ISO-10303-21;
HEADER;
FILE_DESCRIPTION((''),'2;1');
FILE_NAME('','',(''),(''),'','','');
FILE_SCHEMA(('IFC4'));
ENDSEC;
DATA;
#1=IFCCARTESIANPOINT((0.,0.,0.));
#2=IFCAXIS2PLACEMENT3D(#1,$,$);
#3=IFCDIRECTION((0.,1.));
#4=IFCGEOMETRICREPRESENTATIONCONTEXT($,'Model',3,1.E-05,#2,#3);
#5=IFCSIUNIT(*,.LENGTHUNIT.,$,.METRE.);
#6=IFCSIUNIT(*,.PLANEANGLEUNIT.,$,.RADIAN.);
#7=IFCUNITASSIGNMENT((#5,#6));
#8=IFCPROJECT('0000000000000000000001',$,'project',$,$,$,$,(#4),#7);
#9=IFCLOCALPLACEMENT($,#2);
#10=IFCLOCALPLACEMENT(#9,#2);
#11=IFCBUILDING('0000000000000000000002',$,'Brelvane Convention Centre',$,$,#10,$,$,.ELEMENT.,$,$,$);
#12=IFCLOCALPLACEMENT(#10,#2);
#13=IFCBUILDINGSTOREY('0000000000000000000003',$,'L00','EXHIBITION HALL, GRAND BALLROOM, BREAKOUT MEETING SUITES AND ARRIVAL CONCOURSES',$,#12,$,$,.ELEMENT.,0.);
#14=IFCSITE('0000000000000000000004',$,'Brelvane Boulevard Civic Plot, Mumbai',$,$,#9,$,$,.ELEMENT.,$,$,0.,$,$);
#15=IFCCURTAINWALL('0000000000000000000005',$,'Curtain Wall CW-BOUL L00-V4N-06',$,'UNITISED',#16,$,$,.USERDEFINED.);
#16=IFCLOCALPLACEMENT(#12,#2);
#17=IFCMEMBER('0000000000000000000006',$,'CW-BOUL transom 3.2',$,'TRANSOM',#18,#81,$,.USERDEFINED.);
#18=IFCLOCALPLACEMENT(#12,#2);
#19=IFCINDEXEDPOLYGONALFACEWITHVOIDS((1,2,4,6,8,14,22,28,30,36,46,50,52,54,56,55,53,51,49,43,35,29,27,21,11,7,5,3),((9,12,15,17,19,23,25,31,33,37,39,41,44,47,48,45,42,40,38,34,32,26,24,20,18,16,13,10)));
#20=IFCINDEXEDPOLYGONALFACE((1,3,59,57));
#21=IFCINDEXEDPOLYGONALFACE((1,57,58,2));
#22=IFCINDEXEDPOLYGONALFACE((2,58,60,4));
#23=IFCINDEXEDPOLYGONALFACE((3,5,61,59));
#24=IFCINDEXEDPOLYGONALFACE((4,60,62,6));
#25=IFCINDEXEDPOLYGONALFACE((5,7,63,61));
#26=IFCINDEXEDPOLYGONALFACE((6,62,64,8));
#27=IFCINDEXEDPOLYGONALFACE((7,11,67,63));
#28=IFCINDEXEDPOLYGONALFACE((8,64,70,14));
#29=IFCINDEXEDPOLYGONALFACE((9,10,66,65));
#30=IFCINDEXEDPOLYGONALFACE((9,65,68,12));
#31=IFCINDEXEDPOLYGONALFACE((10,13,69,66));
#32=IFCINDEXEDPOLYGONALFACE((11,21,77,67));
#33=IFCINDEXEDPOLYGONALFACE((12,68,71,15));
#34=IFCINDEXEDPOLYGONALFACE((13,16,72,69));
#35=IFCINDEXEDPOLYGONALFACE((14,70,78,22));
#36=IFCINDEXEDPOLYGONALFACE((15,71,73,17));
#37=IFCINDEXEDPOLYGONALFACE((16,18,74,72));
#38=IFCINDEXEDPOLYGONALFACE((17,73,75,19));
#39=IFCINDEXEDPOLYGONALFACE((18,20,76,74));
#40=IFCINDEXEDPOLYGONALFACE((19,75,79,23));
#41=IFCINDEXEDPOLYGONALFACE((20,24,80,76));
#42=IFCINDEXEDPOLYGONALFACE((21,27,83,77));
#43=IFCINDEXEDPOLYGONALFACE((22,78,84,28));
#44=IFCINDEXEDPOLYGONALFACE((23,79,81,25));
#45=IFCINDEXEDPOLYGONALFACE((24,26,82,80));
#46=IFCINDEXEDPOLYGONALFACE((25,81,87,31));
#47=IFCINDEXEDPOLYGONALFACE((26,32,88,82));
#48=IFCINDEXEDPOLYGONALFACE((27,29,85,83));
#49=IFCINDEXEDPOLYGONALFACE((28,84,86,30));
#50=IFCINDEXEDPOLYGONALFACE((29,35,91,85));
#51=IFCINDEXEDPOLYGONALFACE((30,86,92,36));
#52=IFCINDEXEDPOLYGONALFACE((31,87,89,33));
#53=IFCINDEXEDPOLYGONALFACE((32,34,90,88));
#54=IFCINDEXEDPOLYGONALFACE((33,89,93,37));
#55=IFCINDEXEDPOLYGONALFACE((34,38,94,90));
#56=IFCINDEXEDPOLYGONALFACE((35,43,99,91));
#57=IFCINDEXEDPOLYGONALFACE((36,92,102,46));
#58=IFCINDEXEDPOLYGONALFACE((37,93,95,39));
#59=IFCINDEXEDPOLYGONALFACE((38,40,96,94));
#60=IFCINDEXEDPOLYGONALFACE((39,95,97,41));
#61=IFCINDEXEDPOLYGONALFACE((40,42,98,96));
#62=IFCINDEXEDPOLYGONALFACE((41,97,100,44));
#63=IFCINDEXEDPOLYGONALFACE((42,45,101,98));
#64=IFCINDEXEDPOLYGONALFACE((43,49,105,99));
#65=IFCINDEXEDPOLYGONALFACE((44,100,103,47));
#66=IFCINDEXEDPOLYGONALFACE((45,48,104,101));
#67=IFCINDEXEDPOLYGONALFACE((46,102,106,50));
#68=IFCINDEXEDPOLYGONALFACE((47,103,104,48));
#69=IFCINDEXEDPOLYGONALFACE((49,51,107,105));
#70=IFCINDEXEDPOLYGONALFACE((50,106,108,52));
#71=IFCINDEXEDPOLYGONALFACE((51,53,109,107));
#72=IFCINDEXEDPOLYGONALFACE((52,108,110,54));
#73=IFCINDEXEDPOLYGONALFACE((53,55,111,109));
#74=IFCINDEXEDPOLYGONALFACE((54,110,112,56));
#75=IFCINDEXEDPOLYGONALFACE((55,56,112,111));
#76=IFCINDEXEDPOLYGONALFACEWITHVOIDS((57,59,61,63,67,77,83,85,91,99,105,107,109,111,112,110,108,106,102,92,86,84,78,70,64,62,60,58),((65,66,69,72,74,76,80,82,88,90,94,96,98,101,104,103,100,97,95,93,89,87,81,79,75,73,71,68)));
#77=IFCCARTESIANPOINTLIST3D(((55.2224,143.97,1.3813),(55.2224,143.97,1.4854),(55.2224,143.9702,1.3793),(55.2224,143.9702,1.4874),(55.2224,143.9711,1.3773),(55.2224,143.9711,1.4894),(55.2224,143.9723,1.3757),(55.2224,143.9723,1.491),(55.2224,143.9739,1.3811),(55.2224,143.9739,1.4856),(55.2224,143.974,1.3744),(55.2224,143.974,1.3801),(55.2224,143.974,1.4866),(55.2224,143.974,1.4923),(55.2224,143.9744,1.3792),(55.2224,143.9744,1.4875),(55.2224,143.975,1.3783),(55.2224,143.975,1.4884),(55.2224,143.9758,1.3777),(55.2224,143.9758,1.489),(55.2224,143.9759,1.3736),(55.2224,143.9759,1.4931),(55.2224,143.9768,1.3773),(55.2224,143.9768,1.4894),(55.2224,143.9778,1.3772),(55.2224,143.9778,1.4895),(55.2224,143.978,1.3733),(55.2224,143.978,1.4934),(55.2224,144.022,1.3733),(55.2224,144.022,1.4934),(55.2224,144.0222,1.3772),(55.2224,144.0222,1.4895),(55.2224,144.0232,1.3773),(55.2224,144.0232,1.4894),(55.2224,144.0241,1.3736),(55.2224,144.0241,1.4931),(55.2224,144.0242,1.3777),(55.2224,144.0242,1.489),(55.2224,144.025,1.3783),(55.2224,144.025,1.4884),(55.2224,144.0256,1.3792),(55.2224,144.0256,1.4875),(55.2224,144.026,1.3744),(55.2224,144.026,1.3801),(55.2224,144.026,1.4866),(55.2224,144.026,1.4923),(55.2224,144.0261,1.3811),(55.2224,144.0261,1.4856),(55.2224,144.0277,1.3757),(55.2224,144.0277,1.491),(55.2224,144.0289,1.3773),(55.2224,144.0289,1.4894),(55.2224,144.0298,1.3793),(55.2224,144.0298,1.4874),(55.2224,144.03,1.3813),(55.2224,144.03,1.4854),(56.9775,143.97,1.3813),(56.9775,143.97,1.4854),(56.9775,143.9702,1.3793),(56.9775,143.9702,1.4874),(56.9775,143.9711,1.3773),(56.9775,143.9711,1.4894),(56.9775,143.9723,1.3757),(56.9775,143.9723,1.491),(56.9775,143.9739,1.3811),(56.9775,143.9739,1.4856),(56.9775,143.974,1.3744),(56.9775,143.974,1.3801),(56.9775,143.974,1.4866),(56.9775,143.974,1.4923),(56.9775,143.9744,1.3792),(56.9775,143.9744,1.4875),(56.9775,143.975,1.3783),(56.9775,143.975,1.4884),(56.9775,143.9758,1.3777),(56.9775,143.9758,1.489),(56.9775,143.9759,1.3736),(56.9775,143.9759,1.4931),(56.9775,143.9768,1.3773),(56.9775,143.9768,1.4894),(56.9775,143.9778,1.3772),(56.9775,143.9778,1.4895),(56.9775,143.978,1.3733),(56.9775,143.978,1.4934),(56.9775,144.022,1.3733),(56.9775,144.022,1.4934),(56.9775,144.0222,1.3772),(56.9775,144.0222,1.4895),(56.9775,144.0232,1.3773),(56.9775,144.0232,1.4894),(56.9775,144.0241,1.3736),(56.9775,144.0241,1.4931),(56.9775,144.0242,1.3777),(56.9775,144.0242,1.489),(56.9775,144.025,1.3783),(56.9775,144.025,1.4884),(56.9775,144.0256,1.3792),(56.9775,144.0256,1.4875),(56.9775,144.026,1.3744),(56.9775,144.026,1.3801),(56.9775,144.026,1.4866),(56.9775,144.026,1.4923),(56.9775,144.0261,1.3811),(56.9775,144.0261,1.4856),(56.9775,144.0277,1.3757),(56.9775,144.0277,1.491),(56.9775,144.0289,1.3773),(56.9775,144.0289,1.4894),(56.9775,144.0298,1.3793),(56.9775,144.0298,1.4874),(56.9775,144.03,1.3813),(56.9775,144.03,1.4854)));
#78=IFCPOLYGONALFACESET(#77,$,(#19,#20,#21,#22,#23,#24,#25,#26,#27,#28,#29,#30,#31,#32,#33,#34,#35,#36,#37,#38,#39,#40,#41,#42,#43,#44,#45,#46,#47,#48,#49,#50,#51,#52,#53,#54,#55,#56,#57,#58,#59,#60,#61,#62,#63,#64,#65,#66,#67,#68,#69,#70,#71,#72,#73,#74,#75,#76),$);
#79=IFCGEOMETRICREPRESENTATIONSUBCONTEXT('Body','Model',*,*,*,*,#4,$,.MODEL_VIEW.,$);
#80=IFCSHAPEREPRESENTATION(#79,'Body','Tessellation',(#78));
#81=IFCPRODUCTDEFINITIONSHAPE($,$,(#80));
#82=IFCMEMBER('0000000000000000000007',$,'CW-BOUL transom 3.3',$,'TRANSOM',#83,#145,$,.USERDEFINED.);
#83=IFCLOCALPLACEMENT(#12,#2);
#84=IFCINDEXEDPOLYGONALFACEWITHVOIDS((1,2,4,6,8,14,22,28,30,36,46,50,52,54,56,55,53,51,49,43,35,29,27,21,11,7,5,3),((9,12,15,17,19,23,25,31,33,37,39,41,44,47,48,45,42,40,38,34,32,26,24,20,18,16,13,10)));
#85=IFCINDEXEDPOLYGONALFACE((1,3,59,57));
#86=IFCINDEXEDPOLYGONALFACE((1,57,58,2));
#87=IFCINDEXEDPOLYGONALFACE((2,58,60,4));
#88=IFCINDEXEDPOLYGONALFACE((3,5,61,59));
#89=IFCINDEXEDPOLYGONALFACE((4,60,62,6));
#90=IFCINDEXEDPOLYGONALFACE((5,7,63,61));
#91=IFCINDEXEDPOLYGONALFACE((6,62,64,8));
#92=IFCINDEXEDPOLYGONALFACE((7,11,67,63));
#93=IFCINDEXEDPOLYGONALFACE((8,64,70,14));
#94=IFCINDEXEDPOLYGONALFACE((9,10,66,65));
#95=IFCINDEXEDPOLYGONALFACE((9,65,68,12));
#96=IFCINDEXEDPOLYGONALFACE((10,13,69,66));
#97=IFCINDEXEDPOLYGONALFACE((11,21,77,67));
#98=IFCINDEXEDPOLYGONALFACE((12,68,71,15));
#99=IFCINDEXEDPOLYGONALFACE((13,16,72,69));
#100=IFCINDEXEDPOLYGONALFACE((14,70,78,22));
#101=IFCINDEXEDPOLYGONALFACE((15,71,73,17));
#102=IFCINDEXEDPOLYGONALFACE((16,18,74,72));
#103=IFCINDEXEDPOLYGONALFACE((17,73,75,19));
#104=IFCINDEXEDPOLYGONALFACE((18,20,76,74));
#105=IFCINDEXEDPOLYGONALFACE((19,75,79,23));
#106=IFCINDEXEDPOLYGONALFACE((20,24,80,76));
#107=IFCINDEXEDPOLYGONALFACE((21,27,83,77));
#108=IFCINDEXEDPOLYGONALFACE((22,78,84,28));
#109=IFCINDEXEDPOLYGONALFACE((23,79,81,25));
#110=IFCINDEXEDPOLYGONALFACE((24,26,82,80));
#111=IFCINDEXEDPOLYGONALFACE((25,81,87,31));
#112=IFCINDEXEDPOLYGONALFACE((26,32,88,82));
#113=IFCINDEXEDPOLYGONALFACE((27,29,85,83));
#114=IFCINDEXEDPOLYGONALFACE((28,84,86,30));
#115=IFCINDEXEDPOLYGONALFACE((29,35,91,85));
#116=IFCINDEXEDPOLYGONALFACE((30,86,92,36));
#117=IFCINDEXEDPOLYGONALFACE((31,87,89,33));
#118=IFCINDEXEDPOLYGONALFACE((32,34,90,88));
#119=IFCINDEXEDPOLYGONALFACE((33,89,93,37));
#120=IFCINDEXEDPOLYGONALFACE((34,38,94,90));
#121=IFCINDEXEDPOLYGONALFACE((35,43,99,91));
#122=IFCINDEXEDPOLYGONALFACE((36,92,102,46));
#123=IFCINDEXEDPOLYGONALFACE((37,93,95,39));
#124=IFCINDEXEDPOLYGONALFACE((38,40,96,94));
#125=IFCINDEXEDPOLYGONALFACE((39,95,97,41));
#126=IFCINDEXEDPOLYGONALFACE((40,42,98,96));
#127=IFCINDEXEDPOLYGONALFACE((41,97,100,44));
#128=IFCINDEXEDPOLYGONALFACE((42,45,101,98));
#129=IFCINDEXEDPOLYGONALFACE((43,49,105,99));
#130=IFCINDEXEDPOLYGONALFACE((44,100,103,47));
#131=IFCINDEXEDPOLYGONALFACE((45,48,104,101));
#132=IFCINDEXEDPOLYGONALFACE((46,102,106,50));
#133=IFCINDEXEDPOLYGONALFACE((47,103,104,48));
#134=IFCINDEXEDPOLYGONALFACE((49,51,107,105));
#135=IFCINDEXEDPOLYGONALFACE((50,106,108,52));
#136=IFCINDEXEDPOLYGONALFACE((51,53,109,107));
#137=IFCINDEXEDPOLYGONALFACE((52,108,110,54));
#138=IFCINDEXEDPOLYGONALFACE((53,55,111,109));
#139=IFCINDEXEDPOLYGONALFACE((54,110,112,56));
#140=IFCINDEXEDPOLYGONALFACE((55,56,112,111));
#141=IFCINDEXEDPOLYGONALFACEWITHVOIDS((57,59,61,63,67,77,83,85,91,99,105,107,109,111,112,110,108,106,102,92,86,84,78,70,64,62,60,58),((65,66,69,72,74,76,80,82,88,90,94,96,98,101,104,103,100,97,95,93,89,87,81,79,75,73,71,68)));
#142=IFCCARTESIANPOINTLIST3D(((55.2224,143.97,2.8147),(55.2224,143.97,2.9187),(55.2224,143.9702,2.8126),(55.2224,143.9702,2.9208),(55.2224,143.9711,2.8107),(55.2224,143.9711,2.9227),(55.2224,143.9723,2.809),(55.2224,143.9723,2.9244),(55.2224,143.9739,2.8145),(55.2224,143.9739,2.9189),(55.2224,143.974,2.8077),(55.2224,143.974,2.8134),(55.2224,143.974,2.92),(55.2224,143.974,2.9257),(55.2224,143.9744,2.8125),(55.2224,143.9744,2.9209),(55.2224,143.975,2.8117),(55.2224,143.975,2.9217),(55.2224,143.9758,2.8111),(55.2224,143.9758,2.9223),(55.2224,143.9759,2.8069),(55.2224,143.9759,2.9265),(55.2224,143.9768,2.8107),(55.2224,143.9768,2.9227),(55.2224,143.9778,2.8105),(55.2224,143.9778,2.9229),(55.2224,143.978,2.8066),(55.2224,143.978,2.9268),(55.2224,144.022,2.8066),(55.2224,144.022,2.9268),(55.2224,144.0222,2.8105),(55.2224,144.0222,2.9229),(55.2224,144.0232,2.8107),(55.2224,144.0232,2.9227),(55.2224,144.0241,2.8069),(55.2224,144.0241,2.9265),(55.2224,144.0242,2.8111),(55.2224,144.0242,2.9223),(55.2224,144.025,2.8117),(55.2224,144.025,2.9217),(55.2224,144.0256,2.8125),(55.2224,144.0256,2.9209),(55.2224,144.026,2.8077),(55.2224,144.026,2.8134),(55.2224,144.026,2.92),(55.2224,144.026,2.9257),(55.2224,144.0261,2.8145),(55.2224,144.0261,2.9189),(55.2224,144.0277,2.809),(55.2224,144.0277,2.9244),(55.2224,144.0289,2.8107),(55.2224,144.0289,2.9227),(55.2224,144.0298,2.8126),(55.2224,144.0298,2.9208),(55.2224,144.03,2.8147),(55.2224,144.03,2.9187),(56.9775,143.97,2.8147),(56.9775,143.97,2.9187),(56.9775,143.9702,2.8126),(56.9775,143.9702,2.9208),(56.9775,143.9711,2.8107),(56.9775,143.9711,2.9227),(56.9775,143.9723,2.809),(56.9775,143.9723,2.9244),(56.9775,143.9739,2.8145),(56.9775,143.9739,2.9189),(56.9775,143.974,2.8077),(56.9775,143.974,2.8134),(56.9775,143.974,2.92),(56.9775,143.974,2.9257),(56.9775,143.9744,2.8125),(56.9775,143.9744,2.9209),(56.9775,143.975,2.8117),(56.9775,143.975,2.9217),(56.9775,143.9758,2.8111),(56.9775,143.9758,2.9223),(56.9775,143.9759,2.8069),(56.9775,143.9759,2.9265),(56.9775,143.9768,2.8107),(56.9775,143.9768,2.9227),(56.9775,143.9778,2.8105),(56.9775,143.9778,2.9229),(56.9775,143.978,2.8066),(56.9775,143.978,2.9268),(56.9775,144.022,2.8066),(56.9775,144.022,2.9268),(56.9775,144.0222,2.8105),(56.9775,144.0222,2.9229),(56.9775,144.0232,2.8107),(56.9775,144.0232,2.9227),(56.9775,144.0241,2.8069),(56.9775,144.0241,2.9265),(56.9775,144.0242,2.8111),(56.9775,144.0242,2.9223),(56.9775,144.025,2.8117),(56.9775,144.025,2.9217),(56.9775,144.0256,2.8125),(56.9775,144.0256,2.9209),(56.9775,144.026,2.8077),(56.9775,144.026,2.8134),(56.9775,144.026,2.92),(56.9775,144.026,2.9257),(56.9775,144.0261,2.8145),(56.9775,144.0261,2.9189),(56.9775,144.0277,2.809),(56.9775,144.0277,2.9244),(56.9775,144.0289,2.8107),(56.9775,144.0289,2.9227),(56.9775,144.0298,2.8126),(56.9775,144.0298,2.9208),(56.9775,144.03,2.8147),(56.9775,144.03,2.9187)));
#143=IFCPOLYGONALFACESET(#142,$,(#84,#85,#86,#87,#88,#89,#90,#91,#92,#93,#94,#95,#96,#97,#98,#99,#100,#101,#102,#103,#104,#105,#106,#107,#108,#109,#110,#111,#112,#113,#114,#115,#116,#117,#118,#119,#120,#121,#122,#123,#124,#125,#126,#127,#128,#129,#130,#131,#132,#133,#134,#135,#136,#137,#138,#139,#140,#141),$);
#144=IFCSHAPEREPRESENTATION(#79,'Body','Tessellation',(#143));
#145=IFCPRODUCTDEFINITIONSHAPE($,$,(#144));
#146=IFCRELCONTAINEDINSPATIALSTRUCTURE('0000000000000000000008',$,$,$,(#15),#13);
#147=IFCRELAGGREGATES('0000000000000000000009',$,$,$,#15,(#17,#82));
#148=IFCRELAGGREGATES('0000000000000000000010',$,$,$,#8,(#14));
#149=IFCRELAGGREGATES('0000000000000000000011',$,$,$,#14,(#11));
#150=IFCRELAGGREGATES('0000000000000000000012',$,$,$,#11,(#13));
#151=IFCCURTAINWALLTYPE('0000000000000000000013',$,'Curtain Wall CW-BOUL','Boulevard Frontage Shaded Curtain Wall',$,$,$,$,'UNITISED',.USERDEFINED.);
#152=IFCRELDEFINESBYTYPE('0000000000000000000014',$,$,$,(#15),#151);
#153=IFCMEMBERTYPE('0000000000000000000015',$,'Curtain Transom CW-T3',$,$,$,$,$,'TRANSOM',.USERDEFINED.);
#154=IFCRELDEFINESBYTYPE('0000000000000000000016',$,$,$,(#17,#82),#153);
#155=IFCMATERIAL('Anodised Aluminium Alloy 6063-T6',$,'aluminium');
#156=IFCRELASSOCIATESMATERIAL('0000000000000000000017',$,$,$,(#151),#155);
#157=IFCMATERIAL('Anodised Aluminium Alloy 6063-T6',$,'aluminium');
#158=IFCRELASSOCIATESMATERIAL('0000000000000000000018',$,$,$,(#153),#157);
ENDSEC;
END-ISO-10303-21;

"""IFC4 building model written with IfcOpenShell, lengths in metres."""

from ifc_helpers import new_model, si_unit, direction, frame, origin, origin_2d, place, context, subcontext, project, spatial, hollow_rectangle, extrude, material, material_profile, profile_set, type_object, element, aggregate, save


model = new_model("IFC4")

# Units and contexts
model_context = context("Model", 3, precision=1e-05, world=origin(), true_north=direction((0.0, 1.0)))
body_context = subcontext(model_context, "Body", "Model", "MODEL_VIEW")
ifc_project = project(units=[si_unit("LENGTHUNIT", "METRE"), si_unit("PLANEANGLEUNIT", "RADIAN")], contexts=[model_context])

# Site, building, storey
site_placement = place(None, origin())
site = spatial("IfcSite", under=ifc_project, at=site_placement, Name="Brelvane Boulevard Civic Plot, Mumbai", CompositionType="ELEMENT", RefElevation=0.0)
building_placement = place(site_placement, origin())
building = spatial("IfcBuilding", under=site, at=building_placement, Name="Brelvane Convention Centre", CompositionType="ELEMENT")
storey_placement = place(building_placement, origin())
storey = spatial("IfcBuildingStorey", under=building, at=storey_placement, Name="L00", Description="EXHIBITION HALL, GRAND BALLROOM, BREAKOUT MEETING SUITES AND ARRIVAL CONCOURSES", CompositionType="ELEMENT", Elevation=0.0)

# Curtain wall, members
ifc_material_1 = material(Name="Anodised Aluminium Alloy 6063-T6", Category="aluminium")
curtain_wall_type = type_object("IfcCurtainWallType", Name="Curtain Wall CW-BOUL", Description="Boulevard Frontage Shaded Curtain Wall", ElementType="UNITISED", PredefinedType="USERDEFINED", material=ifc_material_1)
curtain_wall_placement = place(storey_placement, origin())
curtain_wall = element("IfcCurtainWall", 1, at=curtain_wall_placement, inside=storey, type_object=curtain_wall_type, Name="Curtain Wall CW-BOUL L00-V4N-06", ObjectType="UNITISED", PredefinedType="USERDEFINED")
ifc_material_2 = material(Name="Anodised Aluminium Alloy 6063-T6", Category="aluminium")
ifc_material_profile_1 = material_profile(ifc_material_2, hollow_rectangle(XDim=0.0601, YDim=0.1201, WallThickness=0.0039, InnerFilletRadius=0.0039, OuterFilletRadius=0.0081, at=origin_2d()), Name="ALU-T 120x60x4.0")
ifc_profile_set_1 = profile_set([ifc_material_profile_1], Name="Anodised Aluminium Alloy 6063-T6")
member_type_1 = type_object("IfcMemberType", Name="Curtain Transom CW-T3", ElementType="TRANSOM", PredefinedType="USERDEFINED", material=ifc_profile_set_1)
member_1_placement = place(storey_placement, frame((55.2224, 144.0, 1.4333), z_axis=(1.0, 0.0, 0.0), x_axis=(0.0, 1.0, 0.0)))
member_1 = element("IfcMember", 2, at=member_1_placement, type_object=member_type_1, Name="CW-BOUL transom 3.2", ObjectType="TRANSOM", PredefinedType="USERDEFINED", context=body_context, shape_type="SweptSolid", body=[
    extrude(hollow_rectangle(XDim=0.0601, YDim=0.1201, WallThickness=0.0039, InnerFilletRadius=0.0039, OuterFilletRadius=0.0081, at=origin_2d()), origin(), (0.0, 0.0, 1.0), 1.7551),
])
member_2_placement = place(storey_placement, frame((55.2224, 144.0, 2.8667), z_axis=(1.0, 0.0, 0.0), x_axis=(0.0, 1.0, 0.0)))
member_2 = element("IfcMember", 3, at=member_2_placement, type_object=member_type_1, Name="CW-BOUL transom 3.3", ObjectType="TRANSOM", PredefinedType="USERDEFINED", context=body_context, shape_type="SweptSolid", body=[
    extrude(hollow_rectangle(XDim=0.0601, YDim=0.1201, WallThickness=0.0039, InnerFilletRadius=0.0039, OuterFilletRadius=0.0081, at=origin_2d()), origin(), (0.0, 0.0, 1.0), 1.7551),
])
aggregate(curtain_wall, [member_1, member_2])

save(model, "model.ifc")
